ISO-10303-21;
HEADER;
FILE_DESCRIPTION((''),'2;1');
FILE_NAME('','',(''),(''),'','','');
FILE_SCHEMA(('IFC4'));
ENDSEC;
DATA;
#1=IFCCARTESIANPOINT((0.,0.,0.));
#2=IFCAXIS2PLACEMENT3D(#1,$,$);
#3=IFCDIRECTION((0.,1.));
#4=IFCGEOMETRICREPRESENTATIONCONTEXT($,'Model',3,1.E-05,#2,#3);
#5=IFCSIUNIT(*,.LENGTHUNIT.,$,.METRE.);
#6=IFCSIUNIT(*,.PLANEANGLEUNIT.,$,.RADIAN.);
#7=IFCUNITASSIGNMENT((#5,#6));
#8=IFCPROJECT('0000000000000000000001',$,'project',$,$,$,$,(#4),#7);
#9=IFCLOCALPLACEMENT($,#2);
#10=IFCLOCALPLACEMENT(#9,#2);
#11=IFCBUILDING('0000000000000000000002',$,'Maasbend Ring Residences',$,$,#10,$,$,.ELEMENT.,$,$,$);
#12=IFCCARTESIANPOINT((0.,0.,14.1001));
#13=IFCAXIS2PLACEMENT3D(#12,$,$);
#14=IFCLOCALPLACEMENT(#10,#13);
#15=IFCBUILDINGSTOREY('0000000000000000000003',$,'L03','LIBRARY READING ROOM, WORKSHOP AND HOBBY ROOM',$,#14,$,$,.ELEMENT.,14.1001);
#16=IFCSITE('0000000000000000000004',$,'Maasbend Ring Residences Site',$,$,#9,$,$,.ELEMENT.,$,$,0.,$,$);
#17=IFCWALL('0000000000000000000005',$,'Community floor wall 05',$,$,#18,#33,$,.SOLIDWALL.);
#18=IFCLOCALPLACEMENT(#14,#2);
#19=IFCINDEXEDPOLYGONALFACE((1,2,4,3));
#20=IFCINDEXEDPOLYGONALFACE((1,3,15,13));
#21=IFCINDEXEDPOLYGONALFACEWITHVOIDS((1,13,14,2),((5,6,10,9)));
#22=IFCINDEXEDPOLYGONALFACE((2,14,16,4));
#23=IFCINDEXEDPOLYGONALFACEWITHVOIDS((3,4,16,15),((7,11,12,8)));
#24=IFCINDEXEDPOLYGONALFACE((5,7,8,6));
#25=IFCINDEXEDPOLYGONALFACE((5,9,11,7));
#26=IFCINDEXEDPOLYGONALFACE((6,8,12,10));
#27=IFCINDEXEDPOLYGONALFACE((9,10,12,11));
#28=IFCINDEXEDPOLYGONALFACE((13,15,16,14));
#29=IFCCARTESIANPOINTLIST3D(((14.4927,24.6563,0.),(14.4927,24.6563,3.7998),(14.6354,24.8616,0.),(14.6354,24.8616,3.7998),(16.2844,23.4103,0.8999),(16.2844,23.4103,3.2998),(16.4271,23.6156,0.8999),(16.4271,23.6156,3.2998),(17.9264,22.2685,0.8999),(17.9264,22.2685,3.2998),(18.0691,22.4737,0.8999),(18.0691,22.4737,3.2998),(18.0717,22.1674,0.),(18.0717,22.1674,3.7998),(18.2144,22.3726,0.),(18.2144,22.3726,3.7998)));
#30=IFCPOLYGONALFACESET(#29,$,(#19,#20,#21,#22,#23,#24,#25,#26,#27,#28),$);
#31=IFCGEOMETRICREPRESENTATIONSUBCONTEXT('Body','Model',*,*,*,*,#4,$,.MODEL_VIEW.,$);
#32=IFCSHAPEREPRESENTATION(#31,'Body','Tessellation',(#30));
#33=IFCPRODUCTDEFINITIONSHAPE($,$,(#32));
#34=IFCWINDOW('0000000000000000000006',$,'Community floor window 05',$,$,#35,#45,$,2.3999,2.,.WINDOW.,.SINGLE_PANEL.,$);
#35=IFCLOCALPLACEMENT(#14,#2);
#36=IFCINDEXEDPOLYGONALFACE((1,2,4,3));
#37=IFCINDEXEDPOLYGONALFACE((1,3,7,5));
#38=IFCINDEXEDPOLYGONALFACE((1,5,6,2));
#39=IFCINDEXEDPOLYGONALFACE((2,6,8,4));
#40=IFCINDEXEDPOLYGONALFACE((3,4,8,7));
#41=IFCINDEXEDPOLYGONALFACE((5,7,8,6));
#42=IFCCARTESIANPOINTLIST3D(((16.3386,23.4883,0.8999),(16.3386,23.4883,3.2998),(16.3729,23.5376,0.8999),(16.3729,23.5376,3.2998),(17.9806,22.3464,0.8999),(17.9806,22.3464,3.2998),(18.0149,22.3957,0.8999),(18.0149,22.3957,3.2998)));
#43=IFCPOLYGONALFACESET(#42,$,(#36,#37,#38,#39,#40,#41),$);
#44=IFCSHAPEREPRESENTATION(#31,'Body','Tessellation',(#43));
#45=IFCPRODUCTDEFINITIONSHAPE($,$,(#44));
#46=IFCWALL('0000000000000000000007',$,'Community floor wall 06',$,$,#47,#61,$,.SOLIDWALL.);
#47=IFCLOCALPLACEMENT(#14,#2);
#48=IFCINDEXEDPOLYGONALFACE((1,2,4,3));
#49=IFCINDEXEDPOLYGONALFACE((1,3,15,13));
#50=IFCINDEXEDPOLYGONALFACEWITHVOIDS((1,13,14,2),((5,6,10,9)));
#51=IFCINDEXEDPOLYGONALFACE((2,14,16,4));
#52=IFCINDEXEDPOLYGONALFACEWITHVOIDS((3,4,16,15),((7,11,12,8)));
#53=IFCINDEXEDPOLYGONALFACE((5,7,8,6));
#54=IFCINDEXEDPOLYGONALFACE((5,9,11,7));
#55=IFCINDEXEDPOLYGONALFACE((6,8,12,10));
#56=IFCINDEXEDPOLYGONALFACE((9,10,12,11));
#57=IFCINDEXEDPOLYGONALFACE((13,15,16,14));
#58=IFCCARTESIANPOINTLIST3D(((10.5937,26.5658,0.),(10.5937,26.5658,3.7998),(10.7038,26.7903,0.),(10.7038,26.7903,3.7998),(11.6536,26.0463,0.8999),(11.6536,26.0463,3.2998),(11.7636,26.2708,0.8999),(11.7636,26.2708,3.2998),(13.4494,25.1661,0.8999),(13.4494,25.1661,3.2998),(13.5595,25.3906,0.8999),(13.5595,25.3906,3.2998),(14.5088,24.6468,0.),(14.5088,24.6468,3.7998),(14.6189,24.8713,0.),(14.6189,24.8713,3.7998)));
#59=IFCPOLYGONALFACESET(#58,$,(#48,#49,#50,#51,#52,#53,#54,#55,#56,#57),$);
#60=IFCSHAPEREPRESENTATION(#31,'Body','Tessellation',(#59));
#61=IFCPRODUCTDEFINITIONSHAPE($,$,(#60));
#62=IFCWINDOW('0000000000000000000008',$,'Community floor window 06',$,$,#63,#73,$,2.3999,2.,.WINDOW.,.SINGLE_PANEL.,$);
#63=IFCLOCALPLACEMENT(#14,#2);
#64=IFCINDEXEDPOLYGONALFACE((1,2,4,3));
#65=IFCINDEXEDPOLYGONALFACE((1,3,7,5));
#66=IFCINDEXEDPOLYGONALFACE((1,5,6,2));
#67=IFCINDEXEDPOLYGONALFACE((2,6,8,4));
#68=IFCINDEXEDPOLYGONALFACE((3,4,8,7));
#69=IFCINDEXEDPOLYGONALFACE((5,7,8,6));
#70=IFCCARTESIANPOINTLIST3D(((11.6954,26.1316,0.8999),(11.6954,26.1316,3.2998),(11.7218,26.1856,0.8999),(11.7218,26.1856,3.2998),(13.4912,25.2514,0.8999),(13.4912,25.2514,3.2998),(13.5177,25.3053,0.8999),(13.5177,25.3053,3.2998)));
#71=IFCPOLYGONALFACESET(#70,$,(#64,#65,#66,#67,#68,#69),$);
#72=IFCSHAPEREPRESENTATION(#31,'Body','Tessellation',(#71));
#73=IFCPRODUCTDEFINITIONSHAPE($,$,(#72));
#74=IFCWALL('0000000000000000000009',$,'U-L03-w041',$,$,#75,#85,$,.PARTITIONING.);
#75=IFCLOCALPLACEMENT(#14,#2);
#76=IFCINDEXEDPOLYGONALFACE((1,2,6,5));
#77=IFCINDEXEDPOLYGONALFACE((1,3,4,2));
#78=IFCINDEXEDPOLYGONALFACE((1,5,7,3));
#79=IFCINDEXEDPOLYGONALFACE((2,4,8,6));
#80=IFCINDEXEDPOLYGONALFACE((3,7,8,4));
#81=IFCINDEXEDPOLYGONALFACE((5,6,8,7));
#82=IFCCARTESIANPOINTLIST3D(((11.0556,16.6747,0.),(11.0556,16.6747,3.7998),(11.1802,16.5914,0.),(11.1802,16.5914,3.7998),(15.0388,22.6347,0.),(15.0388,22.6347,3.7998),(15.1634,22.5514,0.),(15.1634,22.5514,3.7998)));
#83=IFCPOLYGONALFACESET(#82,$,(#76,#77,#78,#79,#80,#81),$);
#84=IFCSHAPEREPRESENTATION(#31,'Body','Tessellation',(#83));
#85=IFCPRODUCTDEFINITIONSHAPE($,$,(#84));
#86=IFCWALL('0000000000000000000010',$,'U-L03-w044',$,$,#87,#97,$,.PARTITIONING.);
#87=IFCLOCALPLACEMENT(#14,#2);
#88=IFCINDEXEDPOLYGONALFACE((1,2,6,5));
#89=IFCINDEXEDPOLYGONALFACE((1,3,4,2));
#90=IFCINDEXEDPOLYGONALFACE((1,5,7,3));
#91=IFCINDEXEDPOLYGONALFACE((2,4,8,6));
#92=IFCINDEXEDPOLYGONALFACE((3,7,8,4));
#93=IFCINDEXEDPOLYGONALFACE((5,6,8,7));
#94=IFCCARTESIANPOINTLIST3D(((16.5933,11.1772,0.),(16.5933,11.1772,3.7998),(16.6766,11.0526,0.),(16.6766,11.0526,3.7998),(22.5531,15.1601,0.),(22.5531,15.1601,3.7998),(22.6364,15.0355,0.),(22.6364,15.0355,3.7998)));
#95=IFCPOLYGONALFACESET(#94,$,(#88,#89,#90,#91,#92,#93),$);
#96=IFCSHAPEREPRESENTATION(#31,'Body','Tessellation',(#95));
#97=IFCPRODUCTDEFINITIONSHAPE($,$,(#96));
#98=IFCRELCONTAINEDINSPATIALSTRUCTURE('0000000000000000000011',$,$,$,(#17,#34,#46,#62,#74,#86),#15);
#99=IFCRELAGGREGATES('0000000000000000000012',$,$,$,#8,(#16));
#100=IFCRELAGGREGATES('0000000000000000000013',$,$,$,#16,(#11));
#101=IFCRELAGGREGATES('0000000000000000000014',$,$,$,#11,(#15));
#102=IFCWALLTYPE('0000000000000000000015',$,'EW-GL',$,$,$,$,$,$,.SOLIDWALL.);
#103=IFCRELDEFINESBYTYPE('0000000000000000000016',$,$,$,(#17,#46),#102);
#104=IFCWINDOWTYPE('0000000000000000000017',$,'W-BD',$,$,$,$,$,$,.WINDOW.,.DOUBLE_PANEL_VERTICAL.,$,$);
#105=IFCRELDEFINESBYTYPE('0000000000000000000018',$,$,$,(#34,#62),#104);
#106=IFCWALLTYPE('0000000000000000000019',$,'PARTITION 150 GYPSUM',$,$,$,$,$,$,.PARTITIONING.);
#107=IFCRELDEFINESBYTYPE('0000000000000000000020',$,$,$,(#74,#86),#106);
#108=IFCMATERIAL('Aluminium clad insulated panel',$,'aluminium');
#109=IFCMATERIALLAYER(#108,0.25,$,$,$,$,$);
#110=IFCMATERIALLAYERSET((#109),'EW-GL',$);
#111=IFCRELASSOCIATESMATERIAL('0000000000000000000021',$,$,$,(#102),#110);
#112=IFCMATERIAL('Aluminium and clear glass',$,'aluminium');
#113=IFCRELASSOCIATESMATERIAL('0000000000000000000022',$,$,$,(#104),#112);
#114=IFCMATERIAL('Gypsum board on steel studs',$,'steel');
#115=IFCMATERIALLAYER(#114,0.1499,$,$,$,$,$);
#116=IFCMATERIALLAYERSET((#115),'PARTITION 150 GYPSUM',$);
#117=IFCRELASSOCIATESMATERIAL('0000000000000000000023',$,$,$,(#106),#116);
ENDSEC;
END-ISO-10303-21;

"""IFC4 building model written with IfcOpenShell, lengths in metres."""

from ifc_helpers import new_model, si_unit, direction, frame, frame_2d, origin, place, context, subcontext, project, spatial, rectangle, extrude, material, layer, layer_set, type_object, element, fill, save


model = new_model("IFC4")

# Units and contexts
model_context = context("Model", 3, precision=1e-05, world=origin(), true_north=direction((0.0, 1.0)))
body_context = subcontext(model_context, "Body", "Model", "MODEL_VIEW")
ifc_project = project(units=[si_unit("LENGTHUNIT", "METRE"), si_unit("PLANEANGLEUNIT", "RADIAN")], contexts=[model_context])

# Site, building, storey
site_placement = place(None, origin())
site = spatial("IfcSite", under=ifc_project, at=site_placement, Name="Maasbend Ring Residences Site", CompositionType="ELEMENT", RefElevation=0.0)
building_placement = place(site_placement, origin())
building = spatial("IfcBuilding", under=site, at=building_placement, Name="Maasbend Ring Residences", CompositionType="ELEMENT")
storey_placement = place(building_placement, frame((0.0, 0.0, 14.1001)))
storey = spatial("IfcBuildingStorey", under=building, at=storey_placement, Name="L03", Description="LIBRARY READING ROOM, WORKSHOP AND HOBBY ROOM", CompositionType="ELEMENT", Elevation=14.1001)

# Walls, openings, windows
ifc_material_1 = material(Name="Aluminium clad insulated panel", Category="aluminium")
ifc_layer_1 = layer(ifc_material_1, 0.25)
ifc_layer_set_1 = layer_set([ifc_layer_1], Name="EW-GL")
wall_type_1 = type_object("IfcWallType", Name="EW-GL", PredefinedType="SOLIDWALL", material=ifc_layer_set_1)
ifc_material_2 = material(Name="Aluminium and clear glass", Category="aluminium")
window_type = type_object("IfcWindowType", Name="W-BD", PartitioningType="DOUBLE_PANEL_VERTICAL", PredefinedType="WINDOW", material=ifc_material_2)
wall_1_placement = place(storey_placement, frame((18.1431, 22.27, 0.0), z_axis=(0.0, 0.0, 1.0), x_axis=(-0.820991, 0.570941, 0.0)))
wall_1 = element("IfcWall", 1, at=wall_1_placement, inside=storey, type_object=wall_type_1, Name="Community floor wall 05", PredefinedType="SOLIDWALL", context=body_context, shape_type="SweptSolid", body=[
    extrude(rectangle(XDim=4.3594, YDim=0.25, at=frame_2d((2.1797, 0.0))), origin(), (0.0, 0.0, 1.0), 3.7998),
])
opening_1_placement = place(wall_1_placement, frame((0.177, 0.0, 0.8999)))
opening_1 = element("IfcOpeningElement", 2, at=opening_1_placement, cuts=wall_1, PredefinedType="OPENING", context=body_context, shape_type="SweptSolid", body=[
    extrude(rectangle(XDim=2.0, YDim=2.3999, at=frame_2d((1.0, 1.2))), frame((0.0, 0.135, 0.0), z_axis=(0.0, -1.0, 0.0), x_axis=(1.0, 0.0, 0.0)), (0.0, 0.0, 1.0), 0.27),
])
window_1_placement = place(opening_1_placement, origin())
window_1 = element("IfcWindow", 3, at=window_1_placement, inside=storey, type_object=window_type, Name="Community floor window 05", OverallHeight=2.3999, OverallWidth=2.0, PartitioningType="SINGLE_PANEL", PredefinedType="WINDOW", context=body_context, shape_type="SweptSolid", body=[
    extrude(rectangle(XDim=2.0, YDim=2.3999, at=frame_2d((1.0, 1.2))), frame((0.0, 0.03, 0.0), z_axis=(0.0, -1.0, 0.0), x_axis=(1.0, 0.0, 0.0)), (0.0, 0.0, 1.0), 0.0601),
])
fill(opening_1, window_1)
wall_2_placement = place(storey_placement, frame((14.564, 24.759, 0.0), z_axis=(0.0, 0.0, 1.0), x_axis=(-0.897938, 0.440122, 0.0)))
wall_2 = element("IfcWall", 4, at=wall_2_placement, inside=storey, type_object=wall_type_1, Name="Community floor wall 06", PredefinedType="SOLIDWALL", context=body_context, shape_type="SweptSolid", body=[
    extrude(rectangle(XDim=4.3601, YDim=0.25, at=frame_2d((2.1802, 0.0))), origin(), (0.0, 0.0, 1.0), 3.7998),
])
opening_2_placement = place(wall_2_placement, frame((1.1799, 0.0, 0.8999)))
opening_2 = element("IfcOpeningElement", 5, at=opening_2_placement, cuts=wall_2, PredefinedType="OPENING", context=body_context, shape_type="SweptSolid", body=[
    extrude(rectangle(XDim=2.0, YDim=2.3999, at=frame_2d((1.0, 1.2))), frame((0.0, 0.135, 0.0), z_axis=(0.0, -1.0, 0.0), x_axis=(1.0, 0.0, 0.0)), (0.0, 0.0, 1.0), 0.27),
])
window_2_placement = place(opening_2_placement, origin())
window_2 = element("IfcWindow", 6, at=window_2_placement, inside=storey, type_object=window_type, Name="Community floor window 06", OverallHeight=2.3999, OverallWidth=2.0, PartitioningType="SINGLE_PANEL", PredefinedType="WINDOW", context=body_context, shape_type="SweptSolid", body=[
    extrude(rectangle(XDim=2.0, YDim=2.3999, at=frame_2d((1.0, 1.2))), frame((0.0, 0.03, 0.0), z_axis=(0.0, -1.0, 0.0), x_axis=(1.0, 0.0, 0.0)), (0.0, 0.0, 1.0), 0.0601),
])
fill(opening_2, window_2)

# Walls
ifc_material_3 = material(Name="Gypsum board on steel studs", Category="steel")
ifc_layer_2 = layer(ifc_material_3, 0.1499)
ifc_layer_set_2 = layer_set([ifc_layer_2], Name="PARTITION 150 GYPSUM")
wall_type_2 = type_object("IfcWallType", Name="PARTITION 150 GYPSUM", PredefinedType="PARTITIONING", material=ifc_layer_set_2)
wall_3_placement = place(storey_placement, frame((11.1179, 16.6331, 0.0), z_axis=(0.0, 0.0, 1.0), x_axis=(0.555651, 0.831416, 0.0)))
element("IfcWall", 7, at=wall_3_placement, inside=storey, type_object=wall_type_2, Name="U-L03-w041", PredefinedType="PARTITIONING", context=body_context, shape_type="SweptSolid", body=[
    extrude(rectangle(XDim=7.1685, YDim=0.1499, at=frame_2d((3.5842, 0.0))), origin(), (0.0, 0.0, 1.0), 3.7998),
])
wall_4_placement = place(storey_placement, frame((16.635, 11.115, 0.0), z_axis=(0.0, 0.0, 1.0), x_axis=(0.831431, 0.555627, 0.0)))
element("IfcWall", 8, at=wall_4_placement, inside=storey, type_object=wall_type_2, Name="U-L03-w044", PredefinedType="PARTITIONING", context=body_context, shape_type="SweptSolid", body=[
    extrude(rectangle(XDim=7.1682, YDim=0.1499, at=frame_2d((3.584, 0.0))), origin(), (0.0, 0.0, 1.0), 3.7998),
])

save(model, "model.ifc")
